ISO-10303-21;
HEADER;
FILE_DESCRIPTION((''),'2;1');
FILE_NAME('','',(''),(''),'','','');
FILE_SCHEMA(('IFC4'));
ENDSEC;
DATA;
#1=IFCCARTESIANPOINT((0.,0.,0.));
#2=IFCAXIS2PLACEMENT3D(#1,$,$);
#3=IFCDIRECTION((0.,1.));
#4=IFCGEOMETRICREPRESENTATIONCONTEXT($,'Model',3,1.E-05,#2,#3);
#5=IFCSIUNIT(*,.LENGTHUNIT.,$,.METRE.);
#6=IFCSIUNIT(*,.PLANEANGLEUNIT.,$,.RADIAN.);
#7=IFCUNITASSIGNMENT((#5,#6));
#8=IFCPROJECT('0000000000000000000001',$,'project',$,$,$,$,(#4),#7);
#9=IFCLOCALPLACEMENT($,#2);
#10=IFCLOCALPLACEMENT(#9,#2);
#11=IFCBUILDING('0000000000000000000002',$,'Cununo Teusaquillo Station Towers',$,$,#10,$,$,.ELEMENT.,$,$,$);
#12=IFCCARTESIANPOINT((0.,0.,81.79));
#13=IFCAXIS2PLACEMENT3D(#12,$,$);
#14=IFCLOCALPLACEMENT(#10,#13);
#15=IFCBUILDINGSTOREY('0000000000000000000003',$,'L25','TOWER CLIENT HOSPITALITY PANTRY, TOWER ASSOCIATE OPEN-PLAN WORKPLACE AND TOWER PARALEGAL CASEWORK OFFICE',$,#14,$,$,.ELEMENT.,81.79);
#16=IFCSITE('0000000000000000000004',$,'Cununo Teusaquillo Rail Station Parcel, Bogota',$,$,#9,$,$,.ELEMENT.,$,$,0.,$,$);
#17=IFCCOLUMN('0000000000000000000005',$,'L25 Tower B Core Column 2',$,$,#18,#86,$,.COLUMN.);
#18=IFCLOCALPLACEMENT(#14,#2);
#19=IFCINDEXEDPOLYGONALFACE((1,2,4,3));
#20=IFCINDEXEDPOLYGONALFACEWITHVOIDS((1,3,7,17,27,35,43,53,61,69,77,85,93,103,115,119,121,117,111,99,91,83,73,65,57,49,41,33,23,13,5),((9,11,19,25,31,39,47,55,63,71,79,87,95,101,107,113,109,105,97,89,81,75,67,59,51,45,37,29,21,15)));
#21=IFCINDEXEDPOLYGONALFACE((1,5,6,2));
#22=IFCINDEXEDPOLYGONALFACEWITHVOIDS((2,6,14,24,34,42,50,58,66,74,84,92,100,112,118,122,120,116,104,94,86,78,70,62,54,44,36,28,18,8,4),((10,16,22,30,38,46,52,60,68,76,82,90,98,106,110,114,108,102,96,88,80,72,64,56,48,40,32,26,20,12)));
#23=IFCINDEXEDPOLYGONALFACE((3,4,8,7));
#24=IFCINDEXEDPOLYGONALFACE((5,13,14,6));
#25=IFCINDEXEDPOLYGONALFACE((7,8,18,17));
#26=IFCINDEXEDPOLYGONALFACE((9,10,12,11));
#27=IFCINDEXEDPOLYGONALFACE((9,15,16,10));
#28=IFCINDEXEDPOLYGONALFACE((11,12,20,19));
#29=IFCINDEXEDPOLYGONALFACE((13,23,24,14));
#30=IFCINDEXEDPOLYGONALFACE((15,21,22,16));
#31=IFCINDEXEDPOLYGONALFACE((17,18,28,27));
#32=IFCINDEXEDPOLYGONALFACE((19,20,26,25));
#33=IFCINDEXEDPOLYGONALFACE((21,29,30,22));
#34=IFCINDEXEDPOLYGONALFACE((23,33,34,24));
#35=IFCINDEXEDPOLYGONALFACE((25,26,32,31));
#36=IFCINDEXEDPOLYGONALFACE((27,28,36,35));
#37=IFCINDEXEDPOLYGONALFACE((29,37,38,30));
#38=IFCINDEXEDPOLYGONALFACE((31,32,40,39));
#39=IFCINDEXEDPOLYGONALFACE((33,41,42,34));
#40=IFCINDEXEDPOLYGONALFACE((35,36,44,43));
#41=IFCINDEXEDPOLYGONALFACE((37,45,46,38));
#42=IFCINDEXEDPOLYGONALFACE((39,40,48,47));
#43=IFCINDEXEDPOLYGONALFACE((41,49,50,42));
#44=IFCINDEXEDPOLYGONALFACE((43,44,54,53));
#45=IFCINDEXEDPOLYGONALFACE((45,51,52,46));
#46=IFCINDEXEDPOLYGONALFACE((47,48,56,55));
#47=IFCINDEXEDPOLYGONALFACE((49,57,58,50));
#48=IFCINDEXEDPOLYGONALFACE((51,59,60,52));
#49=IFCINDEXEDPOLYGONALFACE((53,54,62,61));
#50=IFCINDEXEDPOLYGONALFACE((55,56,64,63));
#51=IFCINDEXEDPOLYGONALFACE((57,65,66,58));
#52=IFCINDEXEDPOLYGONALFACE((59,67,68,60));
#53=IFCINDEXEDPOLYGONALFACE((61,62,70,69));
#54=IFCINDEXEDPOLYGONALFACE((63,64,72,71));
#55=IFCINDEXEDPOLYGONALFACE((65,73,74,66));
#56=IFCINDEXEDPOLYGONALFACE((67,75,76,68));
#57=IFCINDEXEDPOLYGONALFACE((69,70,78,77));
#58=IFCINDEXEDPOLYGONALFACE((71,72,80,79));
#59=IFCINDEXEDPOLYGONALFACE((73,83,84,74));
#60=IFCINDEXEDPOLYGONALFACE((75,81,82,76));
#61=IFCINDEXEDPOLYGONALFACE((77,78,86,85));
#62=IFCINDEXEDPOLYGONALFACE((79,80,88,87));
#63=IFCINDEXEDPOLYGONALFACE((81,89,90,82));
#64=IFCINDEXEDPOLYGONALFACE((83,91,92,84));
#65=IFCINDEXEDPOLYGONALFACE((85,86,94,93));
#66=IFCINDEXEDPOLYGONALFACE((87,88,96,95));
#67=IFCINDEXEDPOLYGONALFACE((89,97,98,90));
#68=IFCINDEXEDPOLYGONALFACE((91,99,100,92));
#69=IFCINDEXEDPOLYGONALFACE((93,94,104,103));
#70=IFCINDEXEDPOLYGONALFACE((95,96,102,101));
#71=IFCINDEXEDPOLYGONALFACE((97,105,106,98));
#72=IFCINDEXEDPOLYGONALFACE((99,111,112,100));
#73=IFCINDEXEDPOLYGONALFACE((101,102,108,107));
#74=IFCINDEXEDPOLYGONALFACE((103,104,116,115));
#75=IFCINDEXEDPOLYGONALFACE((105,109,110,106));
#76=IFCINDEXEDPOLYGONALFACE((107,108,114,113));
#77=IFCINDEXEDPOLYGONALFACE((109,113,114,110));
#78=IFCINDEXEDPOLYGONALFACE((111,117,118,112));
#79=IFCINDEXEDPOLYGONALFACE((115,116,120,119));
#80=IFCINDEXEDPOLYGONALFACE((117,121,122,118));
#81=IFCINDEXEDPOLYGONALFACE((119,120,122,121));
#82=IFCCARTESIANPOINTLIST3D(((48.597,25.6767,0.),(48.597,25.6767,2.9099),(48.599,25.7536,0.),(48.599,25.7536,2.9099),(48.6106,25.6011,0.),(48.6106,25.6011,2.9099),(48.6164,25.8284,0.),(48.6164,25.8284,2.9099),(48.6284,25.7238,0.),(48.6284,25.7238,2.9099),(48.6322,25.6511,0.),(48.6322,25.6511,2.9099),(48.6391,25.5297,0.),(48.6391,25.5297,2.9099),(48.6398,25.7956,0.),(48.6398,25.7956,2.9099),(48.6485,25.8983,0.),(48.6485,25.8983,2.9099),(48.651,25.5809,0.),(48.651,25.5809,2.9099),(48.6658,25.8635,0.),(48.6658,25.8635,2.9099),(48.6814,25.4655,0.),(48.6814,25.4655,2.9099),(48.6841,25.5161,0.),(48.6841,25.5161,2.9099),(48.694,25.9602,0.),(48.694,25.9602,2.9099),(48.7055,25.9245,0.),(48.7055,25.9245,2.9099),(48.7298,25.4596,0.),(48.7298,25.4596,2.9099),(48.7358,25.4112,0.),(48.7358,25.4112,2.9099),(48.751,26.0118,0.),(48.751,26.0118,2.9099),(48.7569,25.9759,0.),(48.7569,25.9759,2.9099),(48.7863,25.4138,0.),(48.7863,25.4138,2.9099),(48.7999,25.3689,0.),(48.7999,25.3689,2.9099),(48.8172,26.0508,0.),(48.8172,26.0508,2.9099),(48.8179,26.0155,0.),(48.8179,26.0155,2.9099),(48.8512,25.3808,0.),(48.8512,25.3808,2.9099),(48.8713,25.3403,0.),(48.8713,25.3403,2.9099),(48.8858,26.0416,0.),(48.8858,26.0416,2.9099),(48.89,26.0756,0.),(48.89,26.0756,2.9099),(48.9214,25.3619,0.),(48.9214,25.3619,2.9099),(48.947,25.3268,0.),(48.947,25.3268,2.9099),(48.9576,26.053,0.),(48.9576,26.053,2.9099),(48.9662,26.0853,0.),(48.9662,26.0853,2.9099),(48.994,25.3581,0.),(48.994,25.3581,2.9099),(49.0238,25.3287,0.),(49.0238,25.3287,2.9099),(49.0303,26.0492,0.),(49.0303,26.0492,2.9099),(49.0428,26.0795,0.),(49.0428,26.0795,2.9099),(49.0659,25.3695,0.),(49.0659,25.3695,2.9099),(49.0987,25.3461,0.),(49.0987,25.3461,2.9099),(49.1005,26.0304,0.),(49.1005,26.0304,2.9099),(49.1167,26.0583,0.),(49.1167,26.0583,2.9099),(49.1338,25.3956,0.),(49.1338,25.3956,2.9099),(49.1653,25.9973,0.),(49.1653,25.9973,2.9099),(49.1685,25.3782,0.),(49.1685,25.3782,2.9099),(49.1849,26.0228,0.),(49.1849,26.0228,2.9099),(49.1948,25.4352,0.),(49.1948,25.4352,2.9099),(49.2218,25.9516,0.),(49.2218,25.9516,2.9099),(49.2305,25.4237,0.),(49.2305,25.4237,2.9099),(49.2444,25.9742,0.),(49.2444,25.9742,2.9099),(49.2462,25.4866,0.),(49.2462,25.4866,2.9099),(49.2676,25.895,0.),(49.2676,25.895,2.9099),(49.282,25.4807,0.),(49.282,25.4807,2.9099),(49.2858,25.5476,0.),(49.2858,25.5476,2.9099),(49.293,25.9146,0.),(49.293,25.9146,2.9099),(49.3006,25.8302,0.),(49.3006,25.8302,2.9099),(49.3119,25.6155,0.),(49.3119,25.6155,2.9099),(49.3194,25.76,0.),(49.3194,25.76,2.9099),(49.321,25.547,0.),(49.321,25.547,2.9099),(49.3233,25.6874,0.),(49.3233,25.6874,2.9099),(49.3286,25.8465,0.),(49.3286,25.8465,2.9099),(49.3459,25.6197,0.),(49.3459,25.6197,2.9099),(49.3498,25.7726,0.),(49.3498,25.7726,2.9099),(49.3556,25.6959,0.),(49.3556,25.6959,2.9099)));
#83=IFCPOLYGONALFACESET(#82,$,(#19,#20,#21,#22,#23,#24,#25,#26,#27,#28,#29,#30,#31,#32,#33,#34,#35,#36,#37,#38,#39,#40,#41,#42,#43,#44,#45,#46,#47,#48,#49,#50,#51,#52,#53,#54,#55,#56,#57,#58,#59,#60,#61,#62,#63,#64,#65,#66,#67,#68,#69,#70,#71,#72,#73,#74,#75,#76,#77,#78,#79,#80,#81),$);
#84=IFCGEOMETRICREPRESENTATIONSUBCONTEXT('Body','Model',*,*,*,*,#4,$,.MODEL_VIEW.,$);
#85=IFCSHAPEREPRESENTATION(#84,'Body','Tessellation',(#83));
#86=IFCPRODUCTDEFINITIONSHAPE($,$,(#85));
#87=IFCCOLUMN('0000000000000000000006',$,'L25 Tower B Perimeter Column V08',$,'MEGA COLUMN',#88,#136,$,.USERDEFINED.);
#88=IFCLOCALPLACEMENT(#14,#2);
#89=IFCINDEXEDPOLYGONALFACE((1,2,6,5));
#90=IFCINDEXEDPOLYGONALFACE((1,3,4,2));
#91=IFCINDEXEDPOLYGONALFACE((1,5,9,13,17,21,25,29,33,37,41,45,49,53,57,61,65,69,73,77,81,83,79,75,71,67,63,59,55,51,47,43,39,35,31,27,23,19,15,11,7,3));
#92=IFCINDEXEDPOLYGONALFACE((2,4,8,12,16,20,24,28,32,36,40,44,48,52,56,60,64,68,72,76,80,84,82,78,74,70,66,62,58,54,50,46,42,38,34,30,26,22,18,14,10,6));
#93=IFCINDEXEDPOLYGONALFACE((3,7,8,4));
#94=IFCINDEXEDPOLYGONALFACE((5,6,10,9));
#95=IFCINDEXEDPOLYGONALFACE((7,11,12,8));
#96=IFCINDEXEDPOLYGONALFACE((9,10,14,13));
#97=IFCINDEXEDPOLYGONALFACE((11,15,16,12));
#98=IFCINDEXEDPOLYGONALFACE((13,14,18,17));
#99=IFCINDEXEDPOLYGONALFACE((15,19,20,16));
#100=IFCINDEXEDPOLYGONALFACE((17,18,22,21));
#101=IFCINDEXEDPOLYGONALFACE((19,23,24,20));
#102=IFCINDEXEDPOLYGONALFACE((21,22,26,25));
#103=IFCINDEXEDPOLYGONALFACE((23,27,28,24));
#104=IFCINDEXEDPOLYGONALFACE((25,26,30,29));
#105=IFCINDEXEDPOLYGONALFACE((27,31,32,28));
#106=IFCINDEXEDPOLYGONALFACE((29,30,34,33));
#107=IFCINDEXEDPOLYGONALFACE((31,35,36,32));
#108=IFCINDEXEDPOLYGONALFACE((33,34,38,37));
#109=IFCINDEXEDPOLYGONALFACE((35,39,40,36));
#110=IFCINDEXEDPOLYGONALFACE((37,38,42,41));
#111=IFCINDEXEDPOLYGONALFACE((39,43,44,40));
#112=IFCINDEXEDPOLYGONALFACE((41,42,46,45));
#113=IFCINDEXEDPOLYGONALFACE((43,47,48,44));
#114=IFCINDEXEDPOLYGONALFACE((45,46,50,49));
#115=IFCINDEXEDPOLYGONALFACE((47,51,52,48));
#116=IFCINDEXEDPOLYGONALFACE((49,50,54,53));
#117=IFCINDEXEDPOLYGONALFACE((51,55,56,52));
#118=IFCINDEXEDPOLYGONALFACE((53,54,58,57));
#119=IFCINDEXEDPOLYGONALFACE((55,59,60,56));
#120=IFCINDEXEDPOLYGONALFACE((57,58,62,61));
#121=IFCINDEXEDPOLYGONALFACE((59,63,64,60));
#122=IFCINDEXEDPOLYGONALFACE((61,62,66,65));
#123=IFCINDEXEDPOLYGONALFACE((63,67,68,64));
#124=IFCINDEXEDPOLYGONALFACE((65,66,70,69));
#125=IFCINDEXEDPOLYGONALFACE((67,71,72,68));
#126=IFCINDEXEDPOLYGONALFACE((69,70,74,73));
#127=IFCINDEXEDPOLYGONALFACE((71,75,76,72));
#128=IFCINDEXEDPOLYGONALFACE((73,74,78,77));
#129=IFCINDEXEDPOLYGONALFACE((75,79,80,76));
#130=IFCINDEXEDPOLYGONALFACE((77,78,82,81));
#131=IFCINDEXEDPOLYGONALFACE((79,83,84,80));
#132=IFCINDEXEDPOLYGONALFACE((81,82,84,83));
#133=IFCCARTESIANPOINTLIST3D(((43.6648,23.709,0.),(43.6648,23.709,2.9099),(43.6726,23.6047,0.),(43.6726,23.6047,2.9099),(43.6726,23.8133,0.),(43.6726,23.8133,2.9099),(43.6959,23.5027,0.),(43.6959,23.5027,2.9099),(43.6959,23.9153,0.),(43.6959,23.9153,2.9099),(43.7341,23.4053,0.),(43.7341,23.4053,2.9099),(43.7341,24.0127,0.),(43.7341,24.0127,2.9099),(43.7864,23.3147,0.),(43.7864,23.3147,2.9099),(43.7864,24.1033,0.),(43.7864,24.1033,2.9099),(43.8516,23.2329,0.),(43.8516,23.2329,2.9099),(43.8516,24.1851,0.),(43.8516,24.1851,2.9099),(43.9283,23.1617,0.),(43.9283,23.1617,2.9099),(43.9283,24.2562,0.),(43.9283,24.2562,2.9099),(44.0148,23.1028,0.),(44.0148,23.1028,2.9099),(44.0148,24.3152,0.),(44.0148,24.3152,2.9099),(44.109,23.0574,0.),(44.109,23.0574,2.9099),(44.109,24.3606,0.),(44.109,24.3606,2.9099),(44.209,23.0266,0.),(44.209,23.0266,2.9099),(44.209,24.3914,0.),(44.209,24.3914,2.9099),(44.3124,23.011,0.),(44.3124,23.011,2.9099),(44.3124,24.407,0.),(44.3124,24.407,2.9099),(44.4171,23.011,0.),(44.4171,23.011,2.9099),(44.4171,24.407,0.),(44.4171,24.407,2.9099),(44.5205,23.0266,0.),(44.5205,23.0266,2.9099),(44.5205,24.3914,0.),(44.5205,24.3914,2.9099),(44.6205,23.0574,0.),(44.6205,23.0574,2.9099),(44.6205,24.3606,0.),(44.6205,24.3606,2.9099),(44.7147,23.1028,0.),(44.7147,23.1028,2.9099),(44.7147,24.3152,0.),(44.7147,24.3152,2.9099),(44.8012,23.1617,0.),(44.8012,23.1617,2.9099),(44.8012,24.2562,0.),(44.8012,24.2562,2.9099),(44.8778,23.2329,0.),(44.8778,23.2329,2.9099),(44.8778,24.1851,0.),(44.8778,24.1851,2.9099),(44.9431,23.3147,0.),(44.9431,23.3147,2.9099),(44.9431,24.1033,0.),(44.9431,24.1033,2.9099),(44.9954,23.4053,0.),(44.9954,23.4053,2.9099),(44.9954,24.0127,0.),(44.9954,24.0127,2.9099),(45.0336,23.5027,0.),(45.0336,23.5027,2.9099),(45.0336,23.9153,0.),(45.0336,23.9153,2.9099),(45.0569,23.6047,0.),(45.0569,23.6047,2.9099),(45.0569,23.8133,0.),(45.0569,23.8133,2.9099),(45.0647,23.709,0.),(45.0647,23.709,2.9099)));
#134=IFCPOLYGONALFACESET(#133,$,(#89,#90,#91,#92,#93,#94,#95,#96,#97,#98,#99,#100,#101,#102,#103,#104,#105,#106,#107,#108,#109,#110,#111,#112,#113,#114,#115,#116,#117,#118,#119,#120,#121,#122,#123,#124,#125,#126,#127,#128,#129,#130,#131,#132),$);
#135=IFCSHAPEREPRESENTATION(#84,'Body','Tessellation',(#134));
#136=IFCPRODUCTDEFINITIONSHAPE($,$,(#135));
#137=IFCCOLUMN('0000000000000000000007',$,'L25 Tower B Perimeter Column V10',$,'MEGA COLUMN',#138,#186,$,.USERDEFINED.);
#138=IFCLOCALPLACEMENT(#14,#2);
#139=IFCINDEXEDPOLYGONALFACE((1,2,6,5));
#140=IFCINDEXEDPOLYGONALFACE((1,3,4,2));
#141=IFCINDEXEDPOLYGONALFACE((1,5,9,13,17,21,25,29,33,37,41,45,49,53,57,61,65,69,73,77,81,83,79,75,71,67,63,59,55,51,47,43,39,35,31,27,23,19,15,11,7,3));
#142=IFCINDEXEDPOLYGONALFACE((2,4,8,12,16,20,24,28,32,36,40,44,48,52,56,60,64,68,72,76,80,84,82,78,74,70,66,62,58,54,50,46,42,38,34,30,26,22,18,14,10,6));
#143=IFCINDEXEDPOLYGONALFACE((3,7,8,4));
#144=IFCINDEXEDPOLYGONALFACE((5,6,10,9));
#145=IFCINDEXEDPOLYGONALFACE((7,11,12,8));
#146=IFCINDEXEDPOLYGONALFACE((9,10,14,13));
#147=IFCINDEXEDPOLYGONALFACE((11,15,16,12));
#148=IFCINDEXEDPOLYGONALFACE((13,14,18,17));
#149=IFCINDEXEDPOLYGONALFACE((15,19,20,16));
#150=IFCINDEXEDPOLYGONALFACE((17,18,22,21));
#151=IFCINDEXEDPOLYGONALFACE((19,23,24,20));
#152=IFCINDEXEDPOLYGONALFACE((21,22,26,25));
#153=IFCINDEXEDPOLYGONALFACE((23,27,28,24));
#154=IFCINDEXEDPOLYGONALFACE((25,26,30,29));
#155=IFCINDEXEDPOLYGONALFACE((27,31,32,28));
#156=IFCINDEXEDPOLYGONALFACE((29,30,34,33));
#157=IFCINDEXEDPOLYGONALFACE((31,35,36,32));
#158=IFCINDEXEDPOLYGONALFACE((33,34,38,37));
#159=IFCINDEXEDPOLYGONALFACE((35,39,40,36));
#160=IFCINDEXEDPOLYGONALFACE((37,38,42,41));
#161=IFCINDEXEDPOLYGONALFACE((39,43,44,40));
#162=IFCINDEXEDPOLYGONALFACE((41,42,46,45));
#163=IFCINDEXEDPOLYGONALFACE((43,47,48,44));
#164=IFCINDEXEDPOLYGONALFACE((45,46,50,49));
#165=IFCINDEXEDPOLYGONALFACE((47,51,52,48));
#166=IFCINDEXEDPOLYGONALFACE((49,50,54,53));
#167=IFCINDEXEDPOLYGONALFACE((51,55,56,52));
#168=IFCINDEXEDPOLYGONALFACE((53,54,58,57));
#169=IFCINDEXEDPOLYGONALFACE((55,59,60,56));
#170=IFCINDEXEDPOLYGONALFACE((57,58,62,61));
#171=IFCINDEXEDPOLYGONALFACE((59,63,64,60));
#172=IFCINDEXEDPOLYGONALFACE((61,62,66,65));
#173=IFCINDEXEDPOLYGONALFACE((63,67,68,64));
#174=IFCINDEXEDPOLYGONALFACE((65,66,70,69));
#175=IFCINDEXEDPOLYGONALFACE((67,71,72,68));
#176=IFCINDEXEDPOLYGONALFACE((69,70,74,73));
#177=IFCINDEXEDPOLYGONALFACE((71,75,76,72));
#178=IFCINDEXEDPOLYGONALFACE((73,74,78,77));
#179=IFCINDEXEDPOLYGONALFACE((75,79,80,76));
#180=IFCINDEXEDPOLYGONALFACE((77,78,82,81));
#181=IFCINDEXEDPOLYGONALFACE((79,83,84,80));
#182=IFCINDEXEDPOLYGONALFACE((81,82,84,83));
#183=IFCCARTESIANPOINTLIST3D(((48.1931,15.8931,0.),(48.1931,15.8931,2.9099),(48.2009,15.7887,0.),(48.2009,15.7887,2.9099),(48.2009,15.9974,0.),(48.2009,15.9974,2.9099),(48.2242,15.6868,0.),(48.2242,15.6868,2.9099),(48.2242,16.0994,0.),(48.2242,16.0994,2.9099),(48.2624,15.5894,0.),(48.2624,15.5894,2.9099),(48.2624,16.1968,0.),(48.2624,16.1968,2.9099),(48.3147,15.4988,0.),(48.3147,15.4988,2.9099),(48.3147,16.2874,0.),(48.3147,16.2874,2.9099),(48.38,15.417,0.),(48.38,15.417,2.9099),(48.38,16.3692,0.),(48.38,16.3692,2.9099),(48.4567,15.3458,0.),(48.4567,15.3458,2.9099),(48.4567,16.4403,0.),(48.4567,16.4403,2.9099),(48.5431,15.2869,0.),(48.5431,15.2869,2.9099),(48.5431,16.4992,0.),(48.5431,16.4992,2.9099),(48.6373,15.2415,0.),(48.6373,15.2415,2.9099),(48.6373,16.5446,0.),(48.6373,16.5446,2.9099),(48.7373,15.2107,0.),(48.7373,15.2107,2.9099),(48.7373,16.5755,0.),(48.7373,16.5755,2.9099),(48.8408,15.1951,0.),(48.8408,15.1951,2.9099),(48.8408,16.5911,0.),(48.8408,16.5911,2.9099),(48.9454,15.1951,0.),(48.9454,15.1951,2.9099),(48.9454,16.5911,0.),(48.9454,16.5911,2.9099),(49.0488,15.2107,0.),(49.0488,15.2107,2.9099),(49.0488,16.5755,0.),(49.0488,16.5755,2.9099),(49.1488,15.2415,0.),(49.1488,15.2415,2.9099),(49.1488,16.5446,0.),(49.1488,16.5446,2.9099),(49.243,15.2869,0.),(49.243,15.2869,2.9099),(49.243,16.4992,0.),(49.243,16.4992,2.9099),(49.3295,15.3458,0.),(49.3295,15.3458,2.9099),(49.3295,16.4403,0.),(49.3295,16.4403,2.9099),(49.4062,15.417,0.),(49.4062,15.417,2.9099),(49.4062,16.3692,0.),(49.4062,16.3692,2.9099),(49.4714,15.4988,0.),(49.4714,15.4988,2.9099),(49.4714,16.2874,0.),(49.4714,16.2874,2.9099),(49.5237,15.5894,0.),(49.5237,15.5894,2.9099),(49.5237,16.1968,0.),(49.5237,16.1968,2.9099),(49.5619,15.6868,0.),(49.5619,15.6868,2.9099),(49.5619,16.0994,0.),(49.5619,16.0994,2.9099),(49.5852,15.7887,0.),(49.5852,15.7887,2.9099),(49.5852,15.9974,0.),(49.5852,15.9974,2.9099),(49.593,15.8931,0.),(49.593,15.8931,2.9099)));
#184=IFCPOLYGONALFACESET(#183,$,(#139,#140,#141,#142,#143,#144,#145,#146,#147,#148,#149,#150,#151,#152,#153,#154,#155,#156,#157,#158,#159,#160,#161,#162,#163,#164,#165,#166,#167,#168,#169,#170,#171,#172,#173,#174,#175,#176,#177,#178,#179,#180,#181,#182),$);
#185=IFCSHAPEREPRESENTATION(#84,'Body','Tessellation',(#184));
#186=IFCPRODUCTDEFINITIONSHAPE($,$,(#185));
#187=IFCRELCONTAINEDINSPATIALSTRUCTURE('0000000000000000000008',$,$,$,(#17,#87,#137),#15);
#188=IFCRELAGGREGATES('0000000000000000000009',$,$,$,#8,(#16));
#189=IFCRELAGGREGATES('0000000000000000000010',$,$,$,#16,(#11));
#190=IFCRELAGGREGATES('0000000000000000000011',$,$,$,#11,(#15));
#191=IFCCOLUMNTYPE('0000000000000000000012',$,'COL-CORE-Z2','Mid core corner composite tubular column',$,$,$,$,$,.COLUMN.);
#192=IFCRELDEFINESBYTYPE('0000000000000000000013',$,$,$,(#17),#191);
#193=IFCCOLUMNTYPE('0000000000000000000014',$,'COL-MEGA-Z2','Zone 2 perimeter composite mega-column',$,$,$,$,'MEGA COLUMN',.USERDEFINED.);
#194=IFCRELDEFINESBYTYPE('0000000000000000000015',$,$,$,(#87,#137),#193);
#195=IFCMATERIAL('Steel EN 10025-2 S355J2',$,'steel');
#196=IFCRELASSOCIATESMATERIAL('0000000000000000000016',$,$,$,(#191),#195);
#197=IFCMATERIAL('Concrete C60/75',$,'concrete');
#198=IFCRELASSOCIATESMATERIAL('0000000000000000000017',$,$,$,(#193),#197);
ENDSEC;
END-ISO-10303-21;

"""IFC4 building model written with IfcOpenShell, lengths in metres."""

from ifc_helpers import new_model, si_unit, direction, frame, origin, origin_2d, place, context, subcontext, project, spatial, circle, hollow_circle, extrude, material, material_profile, profile_set, type_object, element, save


model = new_model("IFC4")

# Units and contexts
model_context = context("Model", 3, precision=1e-05, world=origin(), true_north=direction((0.0, 1.0)))
body_context = subcontext(model_context, "Body", "Model", "MODEL_VIEW")
ifc_project = project(units=[si_unit("LENGTHUNIT", "METRE"), si_unit("PLANEANGLEUNIT", "RADIAN")], contexts=[model_context])

# Site, building, storey
site_placement = place(None, origin())
site = spatial("IfcSite", under=ifc_project, at=site_placement, Name="Cununo Teusaquillo Rail Station Parcel, Bogota", CompositionType="ELEMENT", RefElevation=0.0)
building_placement = place(site_placement, origin())
building = spatial("IfcBuilding", under=site, at=building_placement, Name="Cununo Teusaquillo Station Towers", CompositionType="ELEMENT")
storey_placement = place(building_placement, frame((0.0, 0.0, 81.79)))
storey = spatial("IfcBuildingStorey", under=building, at=storey_placement, Name="L25", Description="TOWER CLIENT HOSPITALITY PANTRY, TOWER ASSOCIATE OPEN-PLAN WORKPLACE AND TOWER PARALEGAL CASEWORK OFFICE", CompositionType="ELEMENT", Elevation=81.79)

# Columns
ifc_material_1 = material(Name="Steel EN 10025-2 S355J2", Category="steel")
ifc_material_profile_1 = material_profile(ifc_material_1, hollow_circle(Radius=0.3799, WallThickness=0.032, at=origin_2d()), Name="CHS 760x32")
ifc_profile_set_1 = profile_set([ifc_material_profile_1], Name="Steel EN 10025-2 S355J2")
column_type_1 = type_object("IfcColumnType", Name="COL-CORE-Z2", Description="Mid core corner composite tubular column", PredefinedType="COLUMN", material=ifc_profile_set_1)
column_placement = place(storey_placement, frame((48.9758, 25.7056, 0.0), z_axis=(0.0, 0.0, 1.0), x_axis=(0.707107, 0.707107, 0.0)))
element("IfcColumn", 1, at=column_placement, inside=storey, type_object=column_type_1, Name="L25 Tower B Core Column 2", PredefinedType="COLUMN", context=body_context, shape_type="SweptSolid", body=[
    extrude(hollow_circle(Radius=0.3799, WallThickness=0.032, at=origin_2d()), origin(), (0.0, 0.0, 1.0), 2.9099),
])
ifc_material_2 = material(Name="Concrete C60/75", Category="concrete")
ifc_material_profile_2 = material_profile(ifc_material_2, circle(Radius=0.7, at=origin_2d()), Name="RC-CIRC-1400")
ifc_profile_set_2 = profile_set([ifc_material_profile_2], Name="Concrete C60/75")
column_type_2 = type_object("IfcColumnType", Name="COL-MEGA-Z2", Description="Zone 2 perimeter composite mega-column", ElementType="MEGA COLUMN", PredefinedType="USERDEFINED", material=ifc_profile_set_2)
for number, where, z_axis, x_axis, name in (
    (2, (44.3647, 23.709, 0.0), (0.0, 0.0, 1.0), (1.0, 0.0, 0.0), "L25 Tower B Perimeter Column V08"),
    (3, (48.8931, 15.8931, 0.0), (0.0, 0.0, 1.0), (1.0, 0.0, 0.0), "L25 Tower B Perimeter Column V10"),
):
    element("IfcColumn", number, at=place(storey_placement, frame(where, z_axis=z_axis, x_axis=x_axis)), inside=storey, type_object=column_type_2, Name=name, ObjectType="MEGA COLUMN", PredefinedType="USERDEFINED", context=body_context, shape_type="SweptSolid", body=[
        extrude(circle(Radius=0.7, at=origin_2d()), origin(), (0.0, 0.0, 1.0), 2.9099),
    ])

save(model, "model.ifc")
